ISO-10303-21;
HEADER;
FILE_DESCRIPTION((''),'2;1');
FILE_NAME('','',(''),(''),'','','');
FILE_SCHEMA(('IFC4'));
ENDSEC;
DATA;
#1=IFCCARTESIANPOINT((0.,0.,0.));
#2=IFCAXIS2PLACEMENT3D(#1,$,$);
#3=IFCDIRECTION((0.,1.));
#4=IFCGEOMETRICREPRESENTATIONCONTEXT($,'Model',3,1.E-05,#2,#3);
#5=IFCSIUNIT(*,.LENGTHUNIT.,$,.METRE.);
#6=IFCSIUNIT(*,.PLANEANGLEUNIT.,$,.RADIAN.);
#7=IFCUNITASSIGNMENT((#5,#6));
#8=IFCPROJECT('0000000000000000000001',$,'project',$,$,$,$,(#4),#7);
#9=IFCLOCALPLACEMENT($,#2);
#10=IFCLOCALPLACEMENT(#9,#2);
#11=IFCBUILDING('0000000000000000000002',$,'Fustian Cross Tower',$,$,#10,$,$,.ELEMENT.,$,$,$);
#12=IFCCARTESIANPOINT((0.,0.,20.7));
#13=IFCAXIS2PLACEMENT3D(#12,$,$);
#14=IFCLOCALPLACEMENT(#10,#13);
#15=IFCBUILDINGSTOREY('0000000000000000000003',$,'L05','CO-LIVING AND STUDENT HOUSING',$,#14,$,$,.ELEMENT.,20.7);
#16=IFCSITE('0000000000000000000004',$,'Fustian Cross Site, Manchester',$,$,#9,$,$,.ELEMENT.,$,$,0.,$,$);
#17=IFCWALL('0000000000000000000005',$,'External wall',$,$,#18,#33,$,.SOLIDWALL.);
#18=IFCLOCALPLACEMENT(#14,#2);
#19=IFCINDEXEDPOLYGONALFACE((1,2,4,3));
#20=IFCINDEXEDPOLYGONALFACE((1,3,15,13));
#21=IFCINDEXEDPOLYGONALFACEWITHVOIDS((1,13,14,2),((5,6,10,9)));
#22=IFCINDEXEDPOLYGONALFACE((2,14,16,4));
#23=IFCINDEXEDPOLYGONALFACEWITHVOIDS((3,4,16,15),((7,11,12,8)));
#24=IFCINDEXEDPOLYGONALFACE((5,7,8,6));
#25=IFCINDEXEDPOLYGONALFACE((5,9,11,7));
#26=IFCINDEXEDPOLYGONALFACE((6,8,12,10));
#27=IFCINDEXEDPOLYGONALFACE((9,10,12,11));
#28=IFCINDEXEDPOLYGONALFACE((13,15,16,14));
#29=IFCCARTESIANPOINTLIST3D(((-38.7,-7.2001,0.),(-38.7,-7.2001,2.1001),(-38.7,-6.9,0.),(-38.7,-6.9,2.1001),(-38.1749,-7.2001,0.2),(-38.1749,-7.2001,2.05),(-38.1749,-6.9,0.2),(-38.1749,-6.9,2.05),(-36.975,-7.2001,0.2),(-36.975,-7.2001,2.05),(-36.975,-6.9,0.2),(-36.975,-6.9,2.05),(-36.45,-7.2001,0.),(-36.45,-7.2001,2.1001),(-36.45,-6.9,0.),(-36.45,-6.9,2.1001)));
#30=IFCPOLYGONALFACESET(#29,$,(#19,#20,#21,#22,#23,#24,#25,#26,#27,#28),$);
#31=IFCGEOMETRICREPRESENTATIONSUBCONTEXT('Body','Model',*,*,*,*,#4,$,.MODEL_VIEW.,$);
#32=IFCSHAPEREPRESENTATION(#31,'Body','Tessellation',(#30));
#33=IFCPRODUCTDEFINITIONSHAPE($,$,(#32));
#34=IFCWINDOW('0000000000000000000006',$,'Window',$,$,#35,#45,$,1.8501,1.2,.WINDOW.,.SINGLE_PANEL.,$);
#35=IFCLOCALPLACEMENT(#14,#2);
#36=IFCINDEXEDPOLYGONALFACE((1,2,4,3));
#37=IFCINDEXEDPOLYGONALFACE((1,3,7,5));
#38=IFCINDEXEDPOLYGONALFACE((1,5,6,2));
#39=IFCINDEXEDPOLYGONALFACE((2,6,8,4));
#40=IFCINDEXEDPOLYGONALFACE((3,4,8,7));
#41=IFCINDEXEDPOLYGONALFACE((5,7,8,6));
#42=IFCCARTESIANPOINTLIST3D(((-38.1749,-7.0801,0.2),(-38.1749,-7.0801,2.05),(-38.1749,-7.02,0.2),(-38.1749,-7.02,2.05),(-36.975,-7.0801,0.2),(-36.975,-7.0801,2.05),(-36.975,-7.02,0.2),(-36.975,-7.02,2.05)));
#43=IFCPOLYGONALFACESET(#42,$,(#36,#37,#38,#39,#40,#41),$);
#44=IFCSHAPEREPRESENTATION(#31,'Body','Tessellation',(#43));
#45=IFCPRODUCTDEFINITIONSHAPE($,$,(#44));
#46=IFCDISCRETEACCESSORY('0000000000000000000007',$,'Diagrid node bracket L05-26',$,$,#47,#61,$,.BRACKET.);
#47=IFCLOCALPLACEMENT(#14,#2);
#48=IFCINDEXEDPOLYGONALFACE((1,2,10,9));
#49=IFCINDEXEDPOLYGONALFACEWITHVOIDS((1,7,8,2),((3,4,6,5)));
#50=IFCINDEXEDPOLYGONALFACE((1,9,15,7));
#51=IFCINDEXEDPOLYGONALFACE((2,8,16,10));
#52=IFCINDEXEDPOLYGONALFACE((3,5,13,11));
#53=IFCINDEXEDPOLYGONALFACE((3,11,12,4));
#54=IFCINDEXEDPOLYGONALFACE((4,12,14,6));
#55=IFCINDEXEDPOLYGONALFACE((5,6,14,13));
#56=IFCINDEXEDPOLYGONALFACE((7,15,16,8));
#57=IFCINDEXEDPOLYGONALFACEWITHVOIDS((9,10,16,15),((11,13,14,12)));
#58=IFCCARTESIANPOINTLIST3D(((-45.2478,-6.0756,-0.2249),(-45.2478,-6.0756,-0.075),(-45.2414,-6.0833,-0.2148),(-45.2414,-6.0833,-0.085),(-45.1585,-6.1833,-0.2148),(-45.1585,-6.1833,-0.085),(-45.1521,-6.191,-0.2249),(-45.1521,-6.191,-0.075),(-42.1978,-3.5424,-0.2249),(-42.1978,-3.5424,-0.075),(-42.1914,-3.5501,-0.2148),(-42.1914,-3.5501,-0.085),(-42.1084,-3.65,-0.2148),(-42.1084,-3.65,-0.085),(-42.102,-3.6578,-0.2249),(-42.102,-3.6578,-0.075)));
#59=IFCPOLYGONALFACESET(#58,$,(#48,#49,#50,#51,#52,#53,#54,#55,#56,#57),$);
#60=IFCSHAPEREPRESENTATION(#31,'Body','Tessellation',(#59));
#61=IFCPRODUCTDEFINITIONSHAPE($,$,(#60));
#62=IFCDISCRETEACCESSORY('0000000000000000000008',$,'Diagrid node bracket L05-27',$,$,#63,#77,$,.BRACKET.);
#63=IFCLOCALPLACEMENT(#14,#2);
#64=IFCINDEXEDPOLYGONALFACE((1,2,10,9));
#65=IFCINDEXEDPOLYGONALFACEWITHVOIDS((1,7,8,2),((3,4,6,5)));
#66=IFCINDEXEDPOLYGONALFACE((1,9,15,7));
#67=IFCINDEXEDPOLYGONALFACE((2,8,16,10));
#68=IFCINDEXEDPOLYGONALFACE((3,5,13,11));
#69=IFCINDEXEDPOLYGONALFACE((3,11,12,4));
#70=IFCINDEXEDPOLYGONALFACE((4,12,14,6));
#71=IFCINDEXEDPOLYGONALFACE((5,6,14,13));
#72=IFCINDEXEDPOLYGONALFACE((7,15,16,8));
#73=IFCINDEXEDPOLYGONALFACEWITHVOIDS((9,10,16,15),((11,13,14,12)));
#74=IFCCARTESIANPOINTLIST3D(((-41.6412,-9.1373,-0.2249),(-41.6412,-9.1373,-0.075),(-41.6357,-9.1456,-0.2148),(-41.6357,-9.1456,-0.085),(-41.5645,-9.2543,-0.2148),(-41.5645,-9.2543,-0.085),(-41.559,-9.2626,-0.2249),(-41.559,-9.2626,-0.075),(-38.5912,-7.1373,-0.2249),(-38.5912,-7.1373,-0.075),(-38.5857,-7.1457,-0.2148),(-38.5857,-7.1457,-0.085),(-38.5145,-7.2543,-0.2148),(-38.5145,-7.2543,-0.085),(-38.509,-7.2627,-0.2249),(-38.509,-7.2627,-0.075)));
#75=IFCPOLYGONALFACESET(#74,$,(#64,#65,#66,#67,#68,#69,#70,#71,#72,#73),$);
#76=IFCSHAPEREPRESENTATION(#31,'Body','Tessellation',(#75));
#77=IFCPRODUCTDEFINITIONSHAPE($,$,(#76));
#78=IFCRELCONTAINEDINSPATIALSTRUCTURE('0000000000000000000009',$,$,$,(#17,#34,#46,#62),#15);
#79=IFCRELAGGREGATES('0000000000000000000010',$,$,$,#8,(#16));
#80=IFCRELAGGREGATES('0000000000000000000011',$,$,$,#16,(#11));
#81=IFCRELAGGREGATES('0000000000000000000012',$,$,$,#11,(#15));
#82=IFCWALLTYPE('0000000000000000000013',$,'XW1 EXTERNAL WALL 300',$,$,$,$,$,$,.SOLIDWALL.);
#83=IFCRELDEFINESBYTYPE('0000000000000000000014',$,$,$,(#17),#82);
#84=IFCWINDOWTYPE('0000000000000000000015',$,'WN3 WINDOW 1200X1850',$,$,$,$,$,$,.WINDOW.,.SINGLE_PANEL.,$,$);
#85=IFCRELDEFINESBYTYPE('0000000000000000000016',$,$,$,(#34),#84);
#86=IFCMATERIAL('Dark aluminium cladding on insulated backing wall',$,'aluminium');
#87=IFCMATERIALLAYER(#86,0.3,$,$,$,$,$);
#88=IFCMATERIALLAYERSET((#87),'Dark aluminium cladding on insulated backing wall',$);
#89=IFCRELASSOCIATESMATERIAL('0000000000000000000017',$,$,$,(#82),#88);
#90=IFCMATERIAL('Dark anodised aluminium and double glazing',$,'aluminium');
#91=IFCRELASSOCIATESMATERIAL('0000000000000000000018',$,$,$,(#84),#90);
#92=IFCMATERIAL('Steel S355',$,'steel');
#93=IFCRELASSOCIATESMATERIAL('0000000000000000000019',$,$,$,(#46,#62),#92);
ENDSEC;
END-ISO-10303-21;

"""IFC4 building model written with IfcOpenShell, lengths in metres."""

from ifc_helpers import new_model, si_unit, direction, frame, frame_2d, origin, origin_2d, place, context, subcontext, project, spatial, rectangle, hollow_rectangle, extrude, material, layer, layer_set, type_object, element, fill, save


model = new_model("IFC4")

# Units and contexts
model_context = context("Model", 3, precision=1e-05, world=origin(), true_north=direction((0.0, 1.0)))
body_context = subcontext(model_context, "Body", "Model", "MODEL_VIEW")
ifc_project = project(units=[si_unit("LENGTHUNIT", "METRE"), si_unit("PLANEANGLEUNIT", "RADIAN")], contexts=[model_context])

# Site, building, storey
site_placement = place(None, origin())
site = spatial("IfcSite", under=ifc_project, at=site_placement, Name="Fustian Cross Site, Manchester", CompositionType="ELEMENT", RefElevation=0.0)
building_placement = place(site_placement, origin())
building = spatial("IfcBuilding", under=site, at=building_placement, Name="Fustian Cross Tower", CompositionType="ELEMENT")
storey_placement = place(building_placement, frame((0.0, 0.0, 20.7)))
storey = spatial("IfcBuildingStorey", under=building, at=storey_placement, Name="L05", Description="CO-LIVING AND STUDENT HOUSING", CompositionType="ELEMENT", Elevation=20.7)

# Shared definitions
ifc_material_1 = material(Name="Dark aluminium cladding on insulated backing wall", Category="aluminium")
ifc_layer_1 = layer(ifc_material_1, 0.3)
ifc_layer_set_1 = layer_set([ifc_layer_1], Name="Dark aluminium cladding on insulated backing wall")
wall_type_1 = type_object("IfcWallType", Name="XW1 EXTERNAL WALL 300", PredefinedType="SOLIDWALL", material=ifc_layer_set_1)

# Shared definitions
ifc_material_2 = material(Name="Dark anodised aluminium and double glazing", Category="aluminium")
window_type = type_object("IfcWindowType", Name="WN3 WINDOW 1200X1850", PartitioningType="SINGLE_PANEL", PredefinedType="WINDOW", material=ifc_material_2)

# Wall, opening, window
wall_1_placement = place(storey_placement, frame((-38.7, -7.05, 0.0), z_axis=(0.0, 0.0, 1.0), x_axis=(1.0, 0.0, 0.0)))
wall_1 = element("IfcWall", 1, at=wall_1_placement, inside=storey, type_object=wall_type_1, Name="External wall", PredefinedType="SOLIDWALL", context=body_context, shape_type="SweptSolid", body=[
    extrude(rectangle(XDim=2.25, YDim=0.3, at=frame_2d((1.125, 0.0))), origin(), (0.0, 0.0, 1.0), 2.1001),
])
opening_1_placement = place(wall_1_placement, frame((0.5249, 0.0, 0.2)))
opening_1 = element("IfcOpeningElement", 2, at=opening_1_placement, cuts=wall_1, PredefinedType="OPENING", context=body_context, shape_type="SweptSolid", body=[
    extrude(rectangle(XDim=1.2, YDim=1.8501, at=frame_2d((0.6001, 0.925))), frame((0.0, 0.1599, 0.0), z_axis=(0.0, -1.0, 0.0), x_axis=(1.0, 0.0, 0.0)), (0.0, 0.0, 1.0), 0.3201),
])
window_1_placement = place(opening_1_placement, origin())
window_1 = element("IfcWindow", 3, at=window_1_placement, inside=storey, type_object=window_type, Name="Window", OverallHeight=1.8501, OverallWidth=1.2, PartitioningType="SINGLE_PANEL", PredefinedType="WINDOW", context=body_context, shape_type="SweptSolid", body=[
    extrude(rectangle(XDim=1.2, YDim=1.8501, at=frame_2d((0.6001, 0.925))), frame((0.0, 0.03, 0.0), z_axis=(0.0, -1.0, 0.0), x_axis=(1.0, 0.0, 0.0)), (0.0, 0.0, 1.0), 0.0601),
])
fill(opening_1, window_1)

# Discrete accessories
ifc_material_3 = material(Name="Steel S355", Category="steel")
discrete_accessory_1_placement = place(storey_placement, frame((-45.2, -6.1333, -0.1499), z_axis=(0.769275, 0.638918, 0.0), x_axis=(-0.638918, 0.769275, 0.0)))
element("IfcDiscreteAccessory", 4, at=discrete_accessory_1_placement, inside=storey, material=ifc_material_3, Name="Diagrid node bracket L05-26", PredefinedType="BRACKET", context=body_context, shape_type="SweptSolid", body=[
    extrude(hollow_rectangle(XDim=0.1499, YDim=0.1499, WallThickness=0.01, at=origin_2d()), origin(), (0.0, 0.0, 1.0), 3.9648),
])
discrete_accessory_2_placement = place(storey_placement, frame((-41.6001, -9.2, -0.1499), z_axis=(0.836248, 0.548351, 0.0), x_axis=(-0.548351, 0.836248, 0.0)))
element("IfcDiscreteAccessory", 5, at=discrete_accessory_2_placement, inside=storey, material=ifc_material_3, Name="Diagrid node bracket L05-27", PredefinedType="BRACKET", context=body_context, shape_type="SweptSolid", body=[
    extrude(hollow_rectangle(XDim=0.1499, YDim=0.1499, WallThickness=0.01, at=origin_2d()), origin(), (0.0, 0.0, 1.0), 3.6472),
])

save(model, "model.ifc")
